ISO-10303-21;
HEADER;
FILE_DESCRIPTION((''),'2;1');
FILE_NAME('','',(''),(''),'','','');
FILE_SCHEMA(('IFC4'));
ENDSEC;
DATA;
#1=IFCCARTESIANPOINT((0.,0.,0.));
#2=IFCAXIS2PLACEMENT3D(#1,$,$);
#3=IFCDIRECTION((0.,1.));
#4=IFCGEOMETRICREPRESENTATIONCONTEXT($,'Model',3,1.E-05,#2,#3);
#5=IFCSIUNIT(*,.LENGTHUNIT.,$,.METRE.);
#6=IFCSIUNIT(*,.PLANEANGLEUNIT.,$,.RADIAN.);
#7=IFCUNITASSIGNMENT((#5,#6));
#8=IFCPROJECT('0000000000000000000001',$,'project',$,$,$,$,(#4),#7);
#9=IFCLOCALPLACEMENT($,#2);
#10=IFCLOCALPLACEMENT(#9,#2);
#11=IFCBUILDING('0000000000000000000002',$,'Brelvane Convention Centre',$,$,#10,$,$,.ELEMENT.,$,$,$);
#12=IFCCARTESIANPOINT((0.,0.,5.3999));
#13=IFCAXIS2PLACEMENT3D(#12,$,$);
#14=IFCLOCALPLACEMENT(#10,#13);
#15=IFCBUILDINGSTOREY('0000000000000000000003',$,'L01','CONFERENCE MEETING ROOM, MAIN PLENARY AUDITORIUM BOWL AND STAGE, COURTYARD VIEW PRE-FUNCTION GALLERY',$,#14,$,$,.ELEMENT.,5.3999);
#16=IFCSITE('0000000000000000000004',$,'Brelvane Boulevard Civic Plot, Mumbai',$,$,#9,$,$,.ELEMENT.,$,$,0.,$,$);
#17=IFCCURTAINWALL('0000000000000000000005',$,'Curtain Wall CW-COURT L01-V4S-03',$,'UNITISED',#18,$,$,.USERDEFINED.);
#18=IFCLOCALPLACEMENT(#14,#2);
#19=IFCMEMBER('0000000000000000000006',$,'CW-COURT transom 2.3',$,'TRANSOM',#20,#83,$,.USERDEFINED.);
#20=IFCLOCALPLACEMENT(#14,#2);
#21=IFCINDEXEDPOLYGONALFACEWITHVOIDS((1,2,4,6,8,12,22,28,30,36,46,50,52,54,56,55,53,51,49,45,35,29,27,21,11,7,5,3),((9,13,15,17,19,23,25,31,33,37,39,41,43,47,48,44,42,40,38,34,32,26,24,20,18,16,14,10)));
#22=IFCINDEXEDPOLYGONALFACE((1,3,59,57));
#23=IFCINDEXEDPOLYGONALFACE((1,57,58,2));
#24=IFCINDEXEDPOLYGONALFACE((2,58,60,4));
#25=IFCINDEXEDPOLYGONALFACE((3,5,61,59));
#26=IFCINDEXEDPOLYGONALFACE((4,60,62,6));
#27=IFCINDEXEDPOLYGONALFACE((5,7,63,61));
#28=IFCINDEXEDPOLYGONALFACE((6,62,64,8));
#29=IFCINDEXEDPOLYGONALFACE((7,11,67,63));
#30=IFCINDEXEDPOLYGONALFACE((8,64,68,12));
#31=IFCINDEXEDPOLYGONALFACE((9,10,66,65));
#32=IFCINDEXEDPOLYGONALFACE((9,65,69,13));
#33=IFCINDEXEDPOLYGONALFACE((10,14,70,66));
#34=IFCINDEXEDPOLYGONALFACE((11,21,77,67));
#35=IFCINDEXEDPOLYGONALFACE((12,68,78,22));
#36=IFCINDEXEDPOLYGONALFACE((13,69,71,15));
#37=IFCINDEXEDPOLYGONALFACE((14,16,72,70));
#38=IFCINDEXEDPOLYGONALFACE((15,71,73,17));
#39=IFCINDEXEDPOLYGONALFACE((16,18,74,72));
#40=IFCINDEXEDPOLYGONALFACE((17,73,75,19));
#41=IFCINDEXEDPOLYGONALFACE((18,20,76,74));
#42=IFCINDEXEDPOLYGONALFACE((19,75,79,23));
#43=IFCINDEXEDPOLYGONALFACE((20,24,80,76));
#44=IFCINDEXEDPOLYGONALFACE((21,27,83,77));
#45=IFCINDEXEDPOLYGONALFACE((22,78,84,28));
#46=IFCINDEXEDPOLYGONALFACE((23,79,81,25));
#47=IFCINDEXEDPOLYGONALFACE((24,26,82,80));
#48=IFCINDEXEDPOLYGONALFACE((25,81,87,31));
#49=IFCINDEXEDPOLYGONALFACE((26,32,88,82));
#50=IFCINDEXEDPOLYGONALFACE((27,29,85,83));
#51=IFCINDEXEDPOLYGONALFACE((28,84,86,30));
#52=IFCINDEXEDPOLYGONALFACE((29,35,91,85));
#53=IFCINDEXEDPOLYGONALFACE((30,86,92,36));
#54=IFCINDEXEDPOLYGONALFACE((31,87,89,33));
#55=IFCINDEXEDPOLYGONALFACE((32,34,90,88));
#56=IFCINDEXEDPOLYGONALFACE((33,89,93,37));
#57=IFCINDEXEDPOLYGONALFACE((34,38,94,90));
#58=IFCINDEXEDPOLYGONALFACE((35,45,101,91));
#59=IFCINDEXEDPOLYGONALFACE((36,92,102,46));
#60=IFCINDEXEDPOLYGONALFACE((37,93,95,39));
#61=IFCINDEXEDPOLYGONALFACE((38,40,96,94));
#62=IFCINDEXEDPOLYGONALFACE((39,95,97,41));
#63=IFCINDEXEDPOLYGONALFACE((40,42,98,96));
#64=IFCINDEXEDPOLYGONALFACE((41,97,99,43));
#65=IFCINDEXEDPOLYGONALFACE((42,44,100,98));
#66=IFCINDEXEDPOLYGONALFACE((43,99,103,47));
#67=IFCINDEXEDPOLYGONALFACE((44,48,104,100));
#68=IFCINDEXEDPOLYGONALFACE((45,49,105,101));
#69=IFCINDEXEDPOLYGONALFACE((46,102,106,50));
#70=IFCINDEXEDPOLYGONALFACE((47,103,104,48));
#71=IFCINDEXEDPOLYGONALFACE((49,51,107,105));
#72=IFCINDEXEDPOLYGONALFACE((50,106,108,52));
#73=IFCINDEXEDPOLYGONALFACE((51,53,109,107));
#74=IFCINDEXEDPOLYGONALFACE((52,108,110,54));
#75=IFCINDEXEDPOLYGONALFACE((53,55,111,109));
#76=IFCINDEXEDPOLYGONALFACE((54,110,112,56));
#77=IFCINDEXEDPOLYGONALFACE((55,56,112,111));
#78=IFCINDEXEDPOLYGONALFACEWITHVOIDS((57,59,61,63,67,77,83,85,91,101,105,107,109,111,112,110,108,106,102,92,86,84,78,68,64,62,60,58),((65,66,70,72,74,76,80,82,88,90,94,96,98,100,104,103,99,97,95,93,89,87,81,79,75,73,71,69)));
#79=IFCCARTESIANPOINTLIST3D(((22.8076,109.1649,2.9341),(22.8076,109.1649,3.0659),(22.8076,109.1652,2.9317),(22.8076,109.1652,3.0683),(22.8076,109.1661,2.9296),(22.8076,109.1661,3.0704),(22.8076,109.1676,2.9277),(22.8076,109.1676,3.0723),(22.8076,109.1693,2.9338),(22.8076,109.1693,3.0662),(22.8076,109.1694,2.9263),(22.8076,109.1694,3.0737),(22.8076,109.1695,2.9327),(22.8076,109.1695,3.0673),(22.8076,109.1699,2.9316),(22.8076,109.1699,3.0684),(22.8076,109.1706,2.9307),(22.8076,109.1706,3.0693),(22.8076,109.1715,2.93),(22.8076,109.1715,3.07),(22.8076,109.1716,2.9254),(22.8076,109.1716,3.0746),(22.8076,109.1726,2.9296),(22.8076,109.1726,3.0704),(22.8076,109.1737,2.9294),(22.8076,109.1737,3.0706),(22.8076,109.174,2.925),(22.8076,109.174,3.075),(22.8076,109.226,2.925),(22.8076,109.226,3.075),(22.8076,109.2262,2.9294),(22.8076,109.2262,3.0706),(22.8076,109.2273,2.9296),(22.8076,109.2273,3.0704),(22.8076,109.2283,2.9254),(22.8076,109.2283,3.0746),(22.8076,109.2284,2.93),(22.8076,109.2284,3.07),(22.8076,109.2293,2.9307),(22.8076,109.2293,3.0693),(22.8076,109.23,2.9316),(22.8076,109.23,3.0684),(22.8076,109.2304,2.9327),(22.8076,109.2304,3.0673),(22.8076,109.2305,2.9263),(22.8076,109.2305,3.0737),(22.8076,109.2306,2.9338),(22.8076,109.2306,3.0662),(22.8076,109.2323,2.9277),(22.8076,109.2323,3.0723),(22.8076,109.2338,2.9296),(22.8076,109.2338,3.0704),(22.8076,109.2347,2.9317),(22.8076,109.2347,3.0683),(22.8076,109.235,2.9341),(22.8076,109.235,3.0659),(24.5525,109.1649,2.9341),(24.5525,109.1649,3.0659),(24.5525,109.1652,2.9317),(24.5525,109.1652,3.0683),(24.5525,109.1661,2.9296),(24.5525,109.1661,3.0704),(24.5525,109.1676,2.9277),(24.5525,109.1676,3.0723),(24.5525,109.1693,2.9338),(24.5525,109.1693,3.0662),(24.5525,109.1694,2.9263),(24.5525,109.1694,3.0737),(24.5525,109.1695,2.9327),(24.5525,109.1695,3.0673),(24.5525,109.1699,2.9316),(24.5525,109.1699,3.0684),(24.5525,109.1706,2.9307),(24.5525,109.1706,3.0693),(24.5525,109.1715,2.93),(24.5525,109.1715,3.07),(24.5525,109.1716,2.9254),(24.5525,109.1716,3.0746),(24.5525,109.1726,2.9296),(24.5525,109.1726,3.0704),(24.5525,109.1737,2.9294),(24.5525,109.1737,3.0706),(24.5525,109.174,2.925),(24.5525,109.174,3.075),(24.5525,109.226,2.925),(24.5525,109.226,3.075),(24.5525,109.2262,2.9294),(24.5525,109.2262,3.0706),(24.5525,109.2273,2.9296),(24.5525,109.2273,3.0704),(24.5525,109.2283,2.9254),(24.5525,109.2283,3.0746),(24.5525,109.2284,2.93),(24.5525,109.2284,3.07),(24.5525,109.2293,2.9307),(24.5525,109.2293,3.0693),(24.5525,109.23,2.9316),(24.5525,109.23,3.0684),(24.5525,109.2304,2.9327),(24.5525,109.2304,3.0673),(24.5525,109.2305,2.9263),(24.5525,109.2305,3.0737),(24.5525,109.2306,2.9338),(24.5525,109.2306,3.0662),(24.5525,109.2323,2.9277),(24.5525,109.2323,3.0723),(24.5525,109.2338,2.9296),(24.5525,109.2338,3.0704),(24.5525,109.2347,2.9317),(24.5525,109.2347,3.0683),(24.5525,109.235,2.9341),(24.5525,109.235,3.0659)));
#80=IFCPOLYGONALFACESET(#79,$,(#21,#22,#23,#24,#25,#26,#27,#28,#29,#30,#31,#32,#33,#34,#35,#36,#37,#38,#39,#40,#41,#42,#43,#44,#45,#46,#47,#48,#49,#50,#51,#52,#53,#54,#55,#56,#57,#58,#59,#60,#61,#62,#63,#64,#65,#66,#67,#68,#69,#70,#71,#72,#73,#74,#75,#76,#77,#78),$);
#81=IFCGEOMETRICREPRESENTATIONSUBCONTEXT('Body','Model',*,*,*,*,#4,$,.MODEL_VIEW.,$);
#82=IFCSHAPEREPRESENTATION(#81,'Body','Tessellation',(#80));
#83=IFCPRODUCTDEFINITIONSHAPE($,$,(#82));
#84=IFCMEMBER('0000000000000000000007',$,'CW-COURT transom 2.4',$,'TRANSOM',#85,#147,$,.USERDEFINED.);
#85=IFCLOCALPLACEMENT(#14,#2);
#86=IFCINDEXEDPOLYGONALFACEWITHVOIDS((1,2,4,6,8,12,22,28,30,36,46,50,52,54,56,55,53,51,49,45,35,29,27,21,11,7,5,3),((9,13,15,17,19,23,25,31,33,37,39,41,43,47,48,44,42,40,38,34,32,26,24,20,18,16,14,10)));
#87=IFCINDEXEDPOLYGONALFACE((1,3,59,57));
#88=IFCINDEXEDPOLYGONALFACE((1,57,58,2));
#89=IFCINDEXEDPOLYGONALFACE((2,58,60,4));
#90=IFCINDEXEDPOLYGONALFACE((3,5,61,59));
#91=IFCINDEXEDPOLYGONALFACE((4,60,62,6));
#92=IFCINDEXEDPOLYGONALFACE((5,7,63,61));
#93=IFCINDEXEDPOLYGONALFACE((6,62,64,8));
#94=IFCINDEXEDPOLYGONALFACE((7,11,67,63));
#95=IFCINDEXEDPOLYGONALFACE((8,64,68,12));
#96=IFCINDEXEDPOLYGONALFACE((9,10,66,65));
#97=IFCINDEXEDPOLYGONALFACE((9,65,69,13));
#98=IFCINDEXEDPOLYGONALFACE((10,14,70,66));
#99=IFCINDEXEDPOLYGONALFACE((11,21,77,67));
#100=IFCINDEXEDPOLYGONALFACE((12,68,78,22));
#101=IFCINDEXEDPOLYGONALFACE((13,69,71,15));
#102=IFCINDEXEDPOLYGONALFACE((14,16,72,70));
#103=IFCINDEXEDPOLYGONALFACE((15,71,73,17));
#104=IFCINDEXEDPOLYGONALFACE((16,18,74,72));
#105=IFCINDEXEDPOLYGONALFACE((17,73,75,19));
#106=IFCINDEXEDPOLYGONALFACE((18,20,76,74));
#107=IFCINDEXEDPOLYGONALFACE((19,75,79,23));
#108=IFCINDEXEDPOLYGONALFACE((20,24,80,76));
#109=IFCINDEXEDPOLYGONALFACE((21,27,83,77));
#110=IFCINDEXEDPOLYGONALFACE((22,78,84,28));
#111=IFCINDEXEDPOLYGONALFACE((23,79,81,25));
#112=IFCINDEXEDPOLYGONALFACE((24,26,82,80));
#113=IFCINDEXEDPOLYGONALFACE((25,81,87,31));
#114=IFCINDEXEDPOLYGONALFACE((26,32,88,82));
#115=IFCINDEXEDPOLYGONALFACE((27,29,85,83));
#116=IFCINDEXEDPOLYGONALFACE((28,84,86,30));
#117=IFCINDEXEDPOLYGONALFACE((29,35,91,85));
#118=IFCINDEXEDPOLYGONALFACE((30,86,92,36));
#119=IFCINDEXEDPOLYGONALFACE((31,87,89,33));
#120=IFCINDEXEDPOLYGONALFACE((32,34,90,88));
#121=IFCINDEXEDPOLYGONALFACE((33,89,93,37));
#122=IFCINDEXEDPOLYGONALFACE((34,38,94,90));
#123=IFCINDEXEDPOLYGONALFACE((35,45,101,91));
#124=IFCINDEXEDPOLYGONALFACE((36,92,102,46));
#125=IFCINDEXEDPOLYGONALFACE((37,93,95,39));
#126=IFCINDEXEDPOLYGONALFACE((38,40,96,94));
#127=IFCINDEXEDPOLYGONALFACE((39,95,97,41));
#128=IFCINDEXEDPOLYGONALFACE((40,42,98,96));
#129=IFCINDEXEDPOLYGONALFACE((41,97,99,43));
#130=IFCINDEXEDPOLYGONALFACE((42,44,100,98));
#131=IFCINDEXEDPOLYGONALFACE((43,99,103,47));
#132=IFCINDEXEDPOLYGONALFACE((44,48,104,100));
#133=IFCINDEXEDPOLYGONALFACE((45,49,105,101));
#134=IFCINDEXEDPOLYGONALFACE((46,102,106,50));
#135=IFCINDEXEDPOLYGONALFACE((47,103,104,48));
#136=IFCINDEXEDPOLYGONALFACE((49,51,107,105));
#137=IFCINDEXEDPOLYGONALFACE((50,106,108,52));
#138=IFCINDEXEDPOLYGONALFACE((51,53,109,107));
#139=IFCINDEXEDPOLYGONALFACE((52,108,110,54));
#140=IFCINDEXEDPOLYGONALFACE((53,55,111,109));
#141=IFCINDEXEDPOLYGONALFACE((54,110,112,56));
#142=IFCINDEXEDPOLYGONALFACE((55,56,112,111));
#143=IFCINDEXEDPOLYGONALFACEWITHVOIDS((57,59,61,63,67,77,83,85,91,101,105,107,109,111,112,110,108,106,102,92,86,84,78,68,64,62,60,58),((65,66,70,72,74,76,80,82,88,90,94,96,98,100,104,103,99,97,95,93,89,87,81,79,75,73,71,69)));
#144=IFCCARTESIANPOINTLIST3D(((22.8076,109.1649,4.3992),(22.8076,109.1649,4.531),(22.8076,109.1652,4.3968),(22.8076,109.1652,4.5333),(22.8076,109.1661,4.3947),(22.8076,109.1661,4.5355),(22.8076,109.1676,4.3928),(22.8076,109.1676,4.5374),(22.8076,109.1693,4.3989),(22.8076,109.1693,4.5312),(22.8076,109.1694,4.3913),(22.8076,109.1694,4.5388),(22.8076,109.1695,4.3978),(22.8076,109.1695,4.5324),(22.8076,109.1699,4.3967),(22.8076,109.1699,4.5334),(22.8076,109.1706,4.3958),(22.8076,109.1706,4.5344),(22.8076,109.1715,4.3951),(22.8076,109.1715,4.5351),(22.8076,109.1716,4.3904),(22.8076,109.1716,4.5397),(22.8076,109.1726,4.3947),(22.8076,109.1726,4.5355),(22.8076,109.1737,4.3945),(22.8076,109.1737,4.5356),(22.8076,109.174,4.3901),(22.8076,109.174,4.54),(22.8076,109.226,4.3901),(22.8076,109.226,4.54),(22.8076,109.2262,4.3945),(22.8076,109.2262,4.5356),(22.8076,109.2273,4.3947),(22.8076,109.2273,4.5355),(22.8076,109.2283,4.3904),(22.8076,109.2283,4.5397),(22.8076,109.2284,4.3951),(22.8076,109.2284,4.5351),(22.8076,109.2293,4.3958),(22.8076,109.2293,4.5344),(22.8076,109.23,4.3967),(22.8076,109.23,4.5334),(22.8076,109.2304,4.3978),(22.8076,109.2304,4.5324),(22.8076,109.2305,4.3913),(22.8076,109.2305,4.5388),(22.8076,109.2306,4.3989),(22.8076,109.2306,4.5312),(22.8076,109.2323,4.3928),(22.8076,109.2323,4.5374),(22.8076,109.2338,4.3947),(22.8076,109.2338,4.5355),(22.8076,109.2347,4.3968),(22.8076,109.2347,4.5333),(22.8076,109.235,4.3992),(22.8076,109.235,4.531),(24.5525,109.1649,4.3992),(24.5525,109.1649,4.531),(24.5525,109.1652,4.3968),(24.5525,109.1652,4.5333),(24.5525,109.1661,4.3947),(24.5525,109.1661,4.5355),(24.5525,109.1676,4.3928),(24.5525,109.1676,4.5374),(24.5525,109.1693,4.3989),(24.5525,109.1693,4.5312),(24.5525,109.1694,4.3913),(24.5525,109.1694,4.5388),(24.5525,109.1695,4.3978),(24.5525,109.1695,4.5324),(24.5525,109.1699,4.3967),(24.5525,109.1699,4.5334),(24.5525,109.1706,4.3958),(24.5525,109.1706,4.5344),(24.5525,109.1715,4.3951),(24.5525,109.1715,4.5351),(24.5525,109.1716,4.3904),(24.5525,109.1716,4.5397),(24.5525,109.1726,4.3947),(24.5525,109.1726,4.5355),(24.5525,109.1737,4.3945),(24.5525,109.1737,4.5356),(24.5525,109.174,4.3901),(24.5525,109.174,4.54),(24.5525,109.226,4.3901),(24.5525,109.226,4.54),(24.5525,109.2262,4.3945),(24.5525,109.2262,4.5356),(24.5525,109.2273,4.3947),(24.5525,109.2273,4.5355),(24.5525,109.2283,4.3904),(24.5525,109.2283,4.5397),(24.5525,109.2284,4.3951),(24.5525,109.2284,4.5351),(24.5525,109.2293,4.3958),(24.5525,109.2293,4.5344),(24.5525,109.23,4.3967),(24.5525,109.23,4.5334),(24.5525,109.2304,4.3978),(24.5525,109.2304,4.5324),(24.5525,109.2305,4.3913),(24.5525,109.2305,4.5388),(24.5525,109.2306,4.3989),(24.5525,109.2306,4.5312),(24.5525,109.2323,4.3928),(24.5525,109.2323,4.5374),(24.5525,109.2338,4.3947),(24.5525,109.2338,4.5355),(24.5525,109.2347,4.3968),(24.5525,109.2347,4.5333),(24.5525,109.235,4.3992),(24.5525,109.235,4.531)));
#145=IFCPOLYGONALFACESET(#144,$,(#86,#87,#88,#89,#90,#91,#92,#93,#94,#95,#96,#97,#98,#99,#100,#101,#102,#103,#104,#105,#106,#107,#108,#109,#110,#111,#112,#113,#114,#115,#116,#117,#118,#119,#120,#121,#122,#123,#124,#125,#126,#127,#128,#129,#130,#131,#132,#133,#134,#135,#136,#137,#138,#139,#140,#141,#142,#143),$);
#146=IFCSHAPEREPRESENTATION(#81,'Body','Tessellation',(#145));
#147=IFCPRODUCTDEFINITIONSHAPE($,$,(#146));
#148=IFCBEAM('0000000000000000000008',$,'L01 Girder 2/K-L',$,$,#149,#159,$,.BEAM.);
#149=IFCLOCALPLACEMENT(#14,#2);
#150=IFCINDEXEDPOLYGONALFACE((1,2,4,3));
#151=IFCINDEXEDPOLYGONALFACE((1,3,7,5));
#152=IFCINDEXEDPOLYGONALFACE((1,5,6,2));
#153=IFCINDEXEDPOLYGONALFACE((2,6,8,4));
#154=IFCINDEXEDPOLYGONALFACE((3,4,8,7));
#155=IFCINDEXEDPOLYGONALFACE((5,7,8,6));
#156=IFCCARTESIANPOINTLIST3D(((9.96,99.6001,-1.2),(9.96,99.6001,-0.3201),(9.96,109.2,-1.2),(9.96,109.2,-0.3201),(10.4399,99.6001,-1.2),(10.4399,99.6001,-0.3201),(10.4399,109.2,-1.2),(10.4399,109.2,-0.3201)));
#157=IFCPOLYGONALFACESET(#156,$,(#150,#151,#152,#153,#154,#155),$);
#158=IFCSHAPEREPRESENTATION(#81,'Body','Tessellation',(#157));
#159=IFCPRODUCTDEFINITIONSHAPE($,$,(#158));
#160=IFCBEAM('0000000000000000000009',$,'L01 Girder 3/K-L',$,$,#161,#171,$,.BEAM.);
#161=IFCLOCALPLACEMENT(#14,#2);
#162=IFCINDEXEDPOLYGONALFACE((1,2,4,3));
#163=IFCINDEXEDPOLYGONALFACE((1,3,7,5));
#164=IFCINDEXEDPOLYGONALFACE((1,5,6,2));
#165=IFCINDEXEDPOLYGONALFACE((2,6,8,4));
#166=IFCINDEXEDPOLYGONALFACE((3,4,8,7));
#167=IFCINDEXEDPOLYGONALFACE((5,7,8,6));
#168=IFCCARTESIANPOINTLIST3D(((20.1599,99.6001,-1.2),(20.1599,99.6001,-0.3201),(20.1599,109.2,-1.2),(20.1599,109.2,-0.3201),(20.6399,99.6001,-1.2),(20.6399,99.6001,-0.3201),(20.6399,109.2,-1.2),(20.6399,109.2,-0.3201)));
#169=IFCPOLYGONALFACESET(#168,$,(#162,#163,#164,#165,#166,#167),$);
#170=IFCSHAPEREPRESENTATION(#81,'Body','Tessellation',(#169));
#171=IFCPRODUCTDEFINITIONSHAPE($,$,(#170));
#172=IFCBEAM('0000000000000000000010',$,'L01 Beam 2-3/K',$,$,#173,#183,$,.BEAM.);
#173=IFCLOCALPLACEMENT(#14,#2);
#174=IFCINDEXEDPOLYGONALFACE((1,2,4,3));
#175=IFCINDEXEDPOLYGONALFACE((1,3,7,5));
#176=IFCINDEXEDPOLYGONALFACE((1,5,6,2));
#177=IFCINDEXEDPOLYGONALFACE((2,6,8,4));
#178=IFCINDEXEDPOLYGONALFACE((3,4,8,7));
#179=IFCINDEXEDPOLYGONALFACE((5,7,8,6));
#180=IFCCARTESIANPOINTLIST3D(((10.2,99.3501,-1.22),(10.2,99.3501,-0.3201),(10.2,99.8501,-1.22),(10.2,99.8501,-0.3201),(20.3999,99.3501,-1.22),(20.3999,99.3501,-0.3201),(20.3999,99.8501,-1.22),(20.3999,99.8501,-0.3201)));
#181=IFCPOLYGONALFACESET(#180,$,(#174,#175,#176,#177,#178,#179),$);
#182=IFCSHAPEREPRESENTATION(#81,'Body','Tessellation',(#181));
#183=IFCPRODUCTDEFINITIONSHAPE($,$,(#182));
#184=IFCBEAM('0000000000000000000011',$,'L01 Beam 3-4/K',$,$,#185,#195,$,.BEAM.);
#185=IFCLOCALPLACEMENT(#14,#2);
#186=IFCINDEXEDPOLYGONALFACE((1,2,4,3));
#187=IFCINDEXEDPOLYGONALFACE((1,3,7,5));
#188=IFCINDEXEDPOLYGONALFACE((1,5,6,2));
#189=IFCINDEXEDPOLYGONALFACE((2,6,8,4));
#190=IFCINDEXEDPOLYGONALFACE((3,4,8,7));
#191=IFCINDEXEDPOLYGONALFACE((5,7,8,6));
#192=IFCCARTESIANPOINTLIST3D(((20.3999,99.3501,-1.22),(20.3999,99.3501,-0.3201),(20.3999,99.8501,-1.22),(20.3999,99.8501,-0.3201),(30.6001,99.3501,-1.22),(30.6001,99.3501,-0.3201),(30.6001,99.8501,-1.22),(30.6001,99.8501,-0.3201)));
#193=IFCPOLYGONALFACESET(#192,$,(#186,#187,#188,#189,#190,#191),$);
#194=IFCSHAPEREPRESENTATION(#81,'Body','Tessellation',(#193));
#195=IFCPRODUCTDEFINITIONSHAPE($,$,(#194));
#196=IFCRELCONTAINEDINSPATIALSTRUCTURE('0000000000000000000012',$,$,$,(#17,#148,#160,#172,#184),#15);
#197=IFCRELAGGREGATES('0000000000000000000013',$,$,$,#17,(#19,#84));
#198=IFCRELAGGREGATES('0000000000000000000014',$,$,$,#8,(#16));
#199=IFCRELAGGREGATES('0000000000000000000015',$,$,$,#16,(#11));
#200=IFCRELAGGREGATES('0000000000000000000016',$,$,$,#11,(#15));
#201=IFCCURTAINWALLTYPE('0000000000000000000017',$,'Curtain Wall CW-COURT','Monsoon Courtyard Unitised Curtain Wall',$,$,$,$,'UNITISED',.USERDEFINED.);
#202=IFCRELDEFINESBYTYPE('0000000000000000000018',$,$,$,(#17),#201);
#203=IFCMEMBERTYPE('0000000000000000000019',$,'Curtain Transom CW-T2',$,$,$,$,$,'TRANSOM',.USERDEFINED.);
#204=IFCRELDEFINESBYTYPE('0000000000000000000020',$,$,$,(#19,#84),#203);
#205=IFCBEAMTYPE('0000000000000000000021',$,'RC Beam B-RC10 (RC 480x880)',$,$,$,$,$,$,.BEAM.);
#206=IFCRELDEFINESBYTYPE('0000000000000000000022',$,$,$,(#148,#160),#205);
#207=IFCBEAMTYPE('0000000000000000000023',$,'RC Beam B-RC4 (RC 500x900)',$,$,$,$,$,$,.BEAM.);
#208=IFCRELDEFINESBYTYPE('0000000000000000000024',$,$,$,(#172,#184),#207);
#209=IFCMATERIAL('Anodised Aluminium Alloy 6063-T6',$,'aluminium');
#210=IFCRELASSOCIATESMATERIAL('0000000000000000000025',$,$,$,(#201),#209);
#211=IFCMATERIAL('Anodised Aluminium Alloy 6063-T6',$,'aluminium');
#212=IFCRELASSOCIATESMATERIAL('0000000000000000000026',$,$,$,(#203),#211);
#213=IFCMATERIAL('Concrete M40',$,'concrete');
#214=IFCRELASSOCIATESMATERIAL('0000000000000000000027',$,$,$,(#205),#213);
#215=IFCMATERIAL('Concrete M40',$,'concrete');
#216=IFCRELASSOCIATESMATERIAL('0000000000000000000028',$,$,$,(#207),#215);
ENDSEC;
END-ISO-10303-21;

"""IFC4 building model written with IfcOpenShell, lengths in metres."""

from ifc_helpers import new_model, si_unit, direction, frame, origin, origin_2d, place, context, subcontext, project, spatial, rectangle, hollow_rectangle, extrude, material, material_profile, profile_set, type_object, element, aggregate, save


model = new_model("IFC4")

# Units and contexts
model_context = context("Model", 3, precision=1e-05, world=origin(), true_north=direction((0.0, 1.0)))
body_context = subcontext(model_context, "Body", "Model", "MODEL_VIEW")
ifc_project = project(units=[si_unit("LENGTHUNIT", "METRE"), si_unit("PLANEANGLEUNIT", "RADIAN")], contexts=[model_context])

# Site, building, storey
site_placement = place(None, origin())
site = spatial("IfcSite", under=ifc_project, at=site_placement, Name="Brelvane Boulevard Civic Plot, Mumbai", CompositionType="ELEMENT", RefElevation=0.0)
building_placement = place(site_placement, origin())
building = spatial("IfcBuilding", under=site, at=building_placement, Name="Brelvane Convention Centre", CompositionType="ELEMENT")
storey_placement = place(building_placement, frame((0.0, 0.0, 5.3999)))
storey = spatial("IfcBuildingStorey", under=building, at=storey_placement, Name="L01", Description="CONFERENCE MEETING ROOM, MAIN PLENARY AUDITORIUM BOWL AND STAGE, COURTYARD VIEW PRE-FUNCTION GALLERY", CompositionType="ELEMENT", Elevation=5.3999)

# Curtain wall, members
ifc_material_1 = material(Name="Anodised Aluminium Alloy 6063-T6", Category="aluminium")
curtain_wall_type = type_object("IfcCurtainWallType", Name="Curtain Wall CW-COURT", Description="Monsoon Courtyard Unitised Curtain Wall", ElementType="UNITISED", PredefinedType="USERDEFINED", material=ifc_material_1)
curtain_wall_placement = place(storey_placement, origin())
curtain_wall = element("IfcCurtainWall", 1, at=curtain_wall_placement, inside=storey, type_object=curtain_wall_type, Name="Curtain Wall CW-COURT L01-V4S-03", ObjectType="UNITISED", PredefinedType="USERDEFINED")
ifc_material_2 = material(Name="Anodised Aluminium Alloy 6063-T6", Category="aluminium")
ifc_material_profile_1 = material_profile(ifc_material_2, hollow_rectangle(XDim=0.0701, YDim=0.1499, WallThickness=0.0044, InnerFilletRadius=0.0044, OuterFilletRadius=0.009, at=origin_2d()), Name="ALU-T 150x70x4.5")
ifc_profile_set_1 = profile_set([ifc_material_profile_1], Name="Anodised Aluminium Alloy 6063-T6")
member_type_1 = type_object("IfcMemberType", Name="Curtain Transom CW-T2", ElementType="TRANSOM", PredefinedType="USERDEFINED", material=ifc_profile_set_1)
member_1_placement = place(storey_placement, frame((22.8076, 109.2, 3.0), z_axis=(1.0, 0.0, 0.0), x_axis=(0.0, 1.0, 0.0)))
member_1 = element("IfcMember", 2, at=member_1_placement, type_object=member_type_1, Name="CW-COURT transom 2.3", ObjectType="TRANSOM", PredefinedType="USERDEFINED", context=body_context, shape_type="SweptSolid", body=[
    extrude(hollow_rectangle(XDim=0.0701, YDim=0.1499, WallThickness=0.0044, InnerFilletRadius=0.0044, OuterFilletRadius=0.009, at=origin_2d()), origin(), (0.0, 0.0, 1.0), 1.7449),
])
member_2_placement = place(storey_placement, frame((22.8076, 109.2, 4.4651), z_axis=(1.0, 0.0, 0.0), x_axis=(0.0, 1.0, 0.0)))
member_2 = element("IfcMember", 3, at=member_2_placement, type_object=member_type_1, Name="CW-COURT transom 2.4", ObjectType="TRANSOM", PredefinedType="USERDEFINED", context=body_context, shape_type="SweptSolid", body=[
    extrude(hollow_rectangle(XDim=0.0701, YDim=0.1499, WallThickness=0.0044, InnerFilletRadius=0.0044, OuterFilletRadius=0.009, at=origin_2d()), origin(), (0.0, 0.0, 1.0), 1.7449),
])

# Beams
ifc_material_3 = material(Name="Concrete M40", Category="concrete")
ifc_material_profile_2 = material_profile(ifc_material_3, rectangle(XDim=0.48, YDim=0.8799, at=origin_2d()), Name="RC 480x880")
ifc_profile_set_2 = profile_set([ifc_material_profile_2], Name="Concrete M40")
beam_type_1 = type_object("IfcBeamType", Name="RC Beam B-RC10 (RC 480x880)", PredefinedType="BEAM", material=ifc_profile_set_2)
for number, where, z_axis, x_axis, name in (
    (4, (10.2, 99.6001, -0.76), (0.0, 1.0, 0.0), (-1.0, 0.0, 0.0), "L01 Girder 2/K-L"),
    (5, (20.3999, 99.6001, -0.76), (0.0, 1.0, 0.0), (-1.0, 0.0, 0.0), "L01 Girder 3/K-L"),
):
    element("IfcBeam", number, at=place(storey_placement, frame(where, z_axis=z_axis, x_axis=x_axis)), inside=storey, type_object=beam_type_1, Name=name, PredefinedType="BEAM", context=body_context, shape_type="SweptSolid", body=[
        extrude(rectangle(XDim=0.48, YDim=0.8799, at=origin_2d()), origin(), (0.0, 0.0, 1.0), 9.5999),
    ])
ifc_material_4 = material(Name="Concrete M40", Category="concrete")
ifc_material_profile_3 = material_profile(ifc_material_4, rectangle(XDim=0.5, YDim=0.8999, at=origin_2d()), Name="RC 500x900")
ifc_profile_set_3 = profile_set([ifc_material_profile_3], Name="Concrete M40")
beam_type_2 = type_object("IfcBeamType", Name="RC Beam B-RC4 (RC 500x900)", PredefinedType="BEAM", material=ifc_profile_set_3)
beam_1_placement = place(storey_placement, frame((10.2, 99.6001, -0.77), z_axis=(1.0, 0.0, 0.0), x_axis=(0.0, 1.0, 0.0)))
element("IfcBeam", 6, at=beam_1_placement, inside=storey, type_object=beam_type_2, Name="L01 Beam 2-3/K", PredefinedType="BEAM", context=body_context, shape_type="SweptSolid", body=[
    extrude(rectangle(XDim=0.5, YDim=0.8999, at=origin_2d()), origin(), (0.0, 0.0, 1.0), 10.2),
])
beam_2_placement = place(storey_placement, frame((20.3999, 99.6001, -0.77), z_axis=(1.0, 0.0, 0.0), x_axis=(0.0, 1.0, 0.0)))
element("IfcBeam", 7, at=beam_2_placement, inside=storey, type_object=beam_type_2, Name="L01 Beam 3-4/K", PredefinedType="BEAM", context=body_context, shape_type="SweptSolid", body=[
    extrude(rectangle(XDim=0.5, YDim=0.8999, at=origin_2d()), origin(), (0.0, 0.0, 1.0), 10.2002),
])

aggregate(curtain_wall, [member_1, member_2])

save(model, "model.ifc")
